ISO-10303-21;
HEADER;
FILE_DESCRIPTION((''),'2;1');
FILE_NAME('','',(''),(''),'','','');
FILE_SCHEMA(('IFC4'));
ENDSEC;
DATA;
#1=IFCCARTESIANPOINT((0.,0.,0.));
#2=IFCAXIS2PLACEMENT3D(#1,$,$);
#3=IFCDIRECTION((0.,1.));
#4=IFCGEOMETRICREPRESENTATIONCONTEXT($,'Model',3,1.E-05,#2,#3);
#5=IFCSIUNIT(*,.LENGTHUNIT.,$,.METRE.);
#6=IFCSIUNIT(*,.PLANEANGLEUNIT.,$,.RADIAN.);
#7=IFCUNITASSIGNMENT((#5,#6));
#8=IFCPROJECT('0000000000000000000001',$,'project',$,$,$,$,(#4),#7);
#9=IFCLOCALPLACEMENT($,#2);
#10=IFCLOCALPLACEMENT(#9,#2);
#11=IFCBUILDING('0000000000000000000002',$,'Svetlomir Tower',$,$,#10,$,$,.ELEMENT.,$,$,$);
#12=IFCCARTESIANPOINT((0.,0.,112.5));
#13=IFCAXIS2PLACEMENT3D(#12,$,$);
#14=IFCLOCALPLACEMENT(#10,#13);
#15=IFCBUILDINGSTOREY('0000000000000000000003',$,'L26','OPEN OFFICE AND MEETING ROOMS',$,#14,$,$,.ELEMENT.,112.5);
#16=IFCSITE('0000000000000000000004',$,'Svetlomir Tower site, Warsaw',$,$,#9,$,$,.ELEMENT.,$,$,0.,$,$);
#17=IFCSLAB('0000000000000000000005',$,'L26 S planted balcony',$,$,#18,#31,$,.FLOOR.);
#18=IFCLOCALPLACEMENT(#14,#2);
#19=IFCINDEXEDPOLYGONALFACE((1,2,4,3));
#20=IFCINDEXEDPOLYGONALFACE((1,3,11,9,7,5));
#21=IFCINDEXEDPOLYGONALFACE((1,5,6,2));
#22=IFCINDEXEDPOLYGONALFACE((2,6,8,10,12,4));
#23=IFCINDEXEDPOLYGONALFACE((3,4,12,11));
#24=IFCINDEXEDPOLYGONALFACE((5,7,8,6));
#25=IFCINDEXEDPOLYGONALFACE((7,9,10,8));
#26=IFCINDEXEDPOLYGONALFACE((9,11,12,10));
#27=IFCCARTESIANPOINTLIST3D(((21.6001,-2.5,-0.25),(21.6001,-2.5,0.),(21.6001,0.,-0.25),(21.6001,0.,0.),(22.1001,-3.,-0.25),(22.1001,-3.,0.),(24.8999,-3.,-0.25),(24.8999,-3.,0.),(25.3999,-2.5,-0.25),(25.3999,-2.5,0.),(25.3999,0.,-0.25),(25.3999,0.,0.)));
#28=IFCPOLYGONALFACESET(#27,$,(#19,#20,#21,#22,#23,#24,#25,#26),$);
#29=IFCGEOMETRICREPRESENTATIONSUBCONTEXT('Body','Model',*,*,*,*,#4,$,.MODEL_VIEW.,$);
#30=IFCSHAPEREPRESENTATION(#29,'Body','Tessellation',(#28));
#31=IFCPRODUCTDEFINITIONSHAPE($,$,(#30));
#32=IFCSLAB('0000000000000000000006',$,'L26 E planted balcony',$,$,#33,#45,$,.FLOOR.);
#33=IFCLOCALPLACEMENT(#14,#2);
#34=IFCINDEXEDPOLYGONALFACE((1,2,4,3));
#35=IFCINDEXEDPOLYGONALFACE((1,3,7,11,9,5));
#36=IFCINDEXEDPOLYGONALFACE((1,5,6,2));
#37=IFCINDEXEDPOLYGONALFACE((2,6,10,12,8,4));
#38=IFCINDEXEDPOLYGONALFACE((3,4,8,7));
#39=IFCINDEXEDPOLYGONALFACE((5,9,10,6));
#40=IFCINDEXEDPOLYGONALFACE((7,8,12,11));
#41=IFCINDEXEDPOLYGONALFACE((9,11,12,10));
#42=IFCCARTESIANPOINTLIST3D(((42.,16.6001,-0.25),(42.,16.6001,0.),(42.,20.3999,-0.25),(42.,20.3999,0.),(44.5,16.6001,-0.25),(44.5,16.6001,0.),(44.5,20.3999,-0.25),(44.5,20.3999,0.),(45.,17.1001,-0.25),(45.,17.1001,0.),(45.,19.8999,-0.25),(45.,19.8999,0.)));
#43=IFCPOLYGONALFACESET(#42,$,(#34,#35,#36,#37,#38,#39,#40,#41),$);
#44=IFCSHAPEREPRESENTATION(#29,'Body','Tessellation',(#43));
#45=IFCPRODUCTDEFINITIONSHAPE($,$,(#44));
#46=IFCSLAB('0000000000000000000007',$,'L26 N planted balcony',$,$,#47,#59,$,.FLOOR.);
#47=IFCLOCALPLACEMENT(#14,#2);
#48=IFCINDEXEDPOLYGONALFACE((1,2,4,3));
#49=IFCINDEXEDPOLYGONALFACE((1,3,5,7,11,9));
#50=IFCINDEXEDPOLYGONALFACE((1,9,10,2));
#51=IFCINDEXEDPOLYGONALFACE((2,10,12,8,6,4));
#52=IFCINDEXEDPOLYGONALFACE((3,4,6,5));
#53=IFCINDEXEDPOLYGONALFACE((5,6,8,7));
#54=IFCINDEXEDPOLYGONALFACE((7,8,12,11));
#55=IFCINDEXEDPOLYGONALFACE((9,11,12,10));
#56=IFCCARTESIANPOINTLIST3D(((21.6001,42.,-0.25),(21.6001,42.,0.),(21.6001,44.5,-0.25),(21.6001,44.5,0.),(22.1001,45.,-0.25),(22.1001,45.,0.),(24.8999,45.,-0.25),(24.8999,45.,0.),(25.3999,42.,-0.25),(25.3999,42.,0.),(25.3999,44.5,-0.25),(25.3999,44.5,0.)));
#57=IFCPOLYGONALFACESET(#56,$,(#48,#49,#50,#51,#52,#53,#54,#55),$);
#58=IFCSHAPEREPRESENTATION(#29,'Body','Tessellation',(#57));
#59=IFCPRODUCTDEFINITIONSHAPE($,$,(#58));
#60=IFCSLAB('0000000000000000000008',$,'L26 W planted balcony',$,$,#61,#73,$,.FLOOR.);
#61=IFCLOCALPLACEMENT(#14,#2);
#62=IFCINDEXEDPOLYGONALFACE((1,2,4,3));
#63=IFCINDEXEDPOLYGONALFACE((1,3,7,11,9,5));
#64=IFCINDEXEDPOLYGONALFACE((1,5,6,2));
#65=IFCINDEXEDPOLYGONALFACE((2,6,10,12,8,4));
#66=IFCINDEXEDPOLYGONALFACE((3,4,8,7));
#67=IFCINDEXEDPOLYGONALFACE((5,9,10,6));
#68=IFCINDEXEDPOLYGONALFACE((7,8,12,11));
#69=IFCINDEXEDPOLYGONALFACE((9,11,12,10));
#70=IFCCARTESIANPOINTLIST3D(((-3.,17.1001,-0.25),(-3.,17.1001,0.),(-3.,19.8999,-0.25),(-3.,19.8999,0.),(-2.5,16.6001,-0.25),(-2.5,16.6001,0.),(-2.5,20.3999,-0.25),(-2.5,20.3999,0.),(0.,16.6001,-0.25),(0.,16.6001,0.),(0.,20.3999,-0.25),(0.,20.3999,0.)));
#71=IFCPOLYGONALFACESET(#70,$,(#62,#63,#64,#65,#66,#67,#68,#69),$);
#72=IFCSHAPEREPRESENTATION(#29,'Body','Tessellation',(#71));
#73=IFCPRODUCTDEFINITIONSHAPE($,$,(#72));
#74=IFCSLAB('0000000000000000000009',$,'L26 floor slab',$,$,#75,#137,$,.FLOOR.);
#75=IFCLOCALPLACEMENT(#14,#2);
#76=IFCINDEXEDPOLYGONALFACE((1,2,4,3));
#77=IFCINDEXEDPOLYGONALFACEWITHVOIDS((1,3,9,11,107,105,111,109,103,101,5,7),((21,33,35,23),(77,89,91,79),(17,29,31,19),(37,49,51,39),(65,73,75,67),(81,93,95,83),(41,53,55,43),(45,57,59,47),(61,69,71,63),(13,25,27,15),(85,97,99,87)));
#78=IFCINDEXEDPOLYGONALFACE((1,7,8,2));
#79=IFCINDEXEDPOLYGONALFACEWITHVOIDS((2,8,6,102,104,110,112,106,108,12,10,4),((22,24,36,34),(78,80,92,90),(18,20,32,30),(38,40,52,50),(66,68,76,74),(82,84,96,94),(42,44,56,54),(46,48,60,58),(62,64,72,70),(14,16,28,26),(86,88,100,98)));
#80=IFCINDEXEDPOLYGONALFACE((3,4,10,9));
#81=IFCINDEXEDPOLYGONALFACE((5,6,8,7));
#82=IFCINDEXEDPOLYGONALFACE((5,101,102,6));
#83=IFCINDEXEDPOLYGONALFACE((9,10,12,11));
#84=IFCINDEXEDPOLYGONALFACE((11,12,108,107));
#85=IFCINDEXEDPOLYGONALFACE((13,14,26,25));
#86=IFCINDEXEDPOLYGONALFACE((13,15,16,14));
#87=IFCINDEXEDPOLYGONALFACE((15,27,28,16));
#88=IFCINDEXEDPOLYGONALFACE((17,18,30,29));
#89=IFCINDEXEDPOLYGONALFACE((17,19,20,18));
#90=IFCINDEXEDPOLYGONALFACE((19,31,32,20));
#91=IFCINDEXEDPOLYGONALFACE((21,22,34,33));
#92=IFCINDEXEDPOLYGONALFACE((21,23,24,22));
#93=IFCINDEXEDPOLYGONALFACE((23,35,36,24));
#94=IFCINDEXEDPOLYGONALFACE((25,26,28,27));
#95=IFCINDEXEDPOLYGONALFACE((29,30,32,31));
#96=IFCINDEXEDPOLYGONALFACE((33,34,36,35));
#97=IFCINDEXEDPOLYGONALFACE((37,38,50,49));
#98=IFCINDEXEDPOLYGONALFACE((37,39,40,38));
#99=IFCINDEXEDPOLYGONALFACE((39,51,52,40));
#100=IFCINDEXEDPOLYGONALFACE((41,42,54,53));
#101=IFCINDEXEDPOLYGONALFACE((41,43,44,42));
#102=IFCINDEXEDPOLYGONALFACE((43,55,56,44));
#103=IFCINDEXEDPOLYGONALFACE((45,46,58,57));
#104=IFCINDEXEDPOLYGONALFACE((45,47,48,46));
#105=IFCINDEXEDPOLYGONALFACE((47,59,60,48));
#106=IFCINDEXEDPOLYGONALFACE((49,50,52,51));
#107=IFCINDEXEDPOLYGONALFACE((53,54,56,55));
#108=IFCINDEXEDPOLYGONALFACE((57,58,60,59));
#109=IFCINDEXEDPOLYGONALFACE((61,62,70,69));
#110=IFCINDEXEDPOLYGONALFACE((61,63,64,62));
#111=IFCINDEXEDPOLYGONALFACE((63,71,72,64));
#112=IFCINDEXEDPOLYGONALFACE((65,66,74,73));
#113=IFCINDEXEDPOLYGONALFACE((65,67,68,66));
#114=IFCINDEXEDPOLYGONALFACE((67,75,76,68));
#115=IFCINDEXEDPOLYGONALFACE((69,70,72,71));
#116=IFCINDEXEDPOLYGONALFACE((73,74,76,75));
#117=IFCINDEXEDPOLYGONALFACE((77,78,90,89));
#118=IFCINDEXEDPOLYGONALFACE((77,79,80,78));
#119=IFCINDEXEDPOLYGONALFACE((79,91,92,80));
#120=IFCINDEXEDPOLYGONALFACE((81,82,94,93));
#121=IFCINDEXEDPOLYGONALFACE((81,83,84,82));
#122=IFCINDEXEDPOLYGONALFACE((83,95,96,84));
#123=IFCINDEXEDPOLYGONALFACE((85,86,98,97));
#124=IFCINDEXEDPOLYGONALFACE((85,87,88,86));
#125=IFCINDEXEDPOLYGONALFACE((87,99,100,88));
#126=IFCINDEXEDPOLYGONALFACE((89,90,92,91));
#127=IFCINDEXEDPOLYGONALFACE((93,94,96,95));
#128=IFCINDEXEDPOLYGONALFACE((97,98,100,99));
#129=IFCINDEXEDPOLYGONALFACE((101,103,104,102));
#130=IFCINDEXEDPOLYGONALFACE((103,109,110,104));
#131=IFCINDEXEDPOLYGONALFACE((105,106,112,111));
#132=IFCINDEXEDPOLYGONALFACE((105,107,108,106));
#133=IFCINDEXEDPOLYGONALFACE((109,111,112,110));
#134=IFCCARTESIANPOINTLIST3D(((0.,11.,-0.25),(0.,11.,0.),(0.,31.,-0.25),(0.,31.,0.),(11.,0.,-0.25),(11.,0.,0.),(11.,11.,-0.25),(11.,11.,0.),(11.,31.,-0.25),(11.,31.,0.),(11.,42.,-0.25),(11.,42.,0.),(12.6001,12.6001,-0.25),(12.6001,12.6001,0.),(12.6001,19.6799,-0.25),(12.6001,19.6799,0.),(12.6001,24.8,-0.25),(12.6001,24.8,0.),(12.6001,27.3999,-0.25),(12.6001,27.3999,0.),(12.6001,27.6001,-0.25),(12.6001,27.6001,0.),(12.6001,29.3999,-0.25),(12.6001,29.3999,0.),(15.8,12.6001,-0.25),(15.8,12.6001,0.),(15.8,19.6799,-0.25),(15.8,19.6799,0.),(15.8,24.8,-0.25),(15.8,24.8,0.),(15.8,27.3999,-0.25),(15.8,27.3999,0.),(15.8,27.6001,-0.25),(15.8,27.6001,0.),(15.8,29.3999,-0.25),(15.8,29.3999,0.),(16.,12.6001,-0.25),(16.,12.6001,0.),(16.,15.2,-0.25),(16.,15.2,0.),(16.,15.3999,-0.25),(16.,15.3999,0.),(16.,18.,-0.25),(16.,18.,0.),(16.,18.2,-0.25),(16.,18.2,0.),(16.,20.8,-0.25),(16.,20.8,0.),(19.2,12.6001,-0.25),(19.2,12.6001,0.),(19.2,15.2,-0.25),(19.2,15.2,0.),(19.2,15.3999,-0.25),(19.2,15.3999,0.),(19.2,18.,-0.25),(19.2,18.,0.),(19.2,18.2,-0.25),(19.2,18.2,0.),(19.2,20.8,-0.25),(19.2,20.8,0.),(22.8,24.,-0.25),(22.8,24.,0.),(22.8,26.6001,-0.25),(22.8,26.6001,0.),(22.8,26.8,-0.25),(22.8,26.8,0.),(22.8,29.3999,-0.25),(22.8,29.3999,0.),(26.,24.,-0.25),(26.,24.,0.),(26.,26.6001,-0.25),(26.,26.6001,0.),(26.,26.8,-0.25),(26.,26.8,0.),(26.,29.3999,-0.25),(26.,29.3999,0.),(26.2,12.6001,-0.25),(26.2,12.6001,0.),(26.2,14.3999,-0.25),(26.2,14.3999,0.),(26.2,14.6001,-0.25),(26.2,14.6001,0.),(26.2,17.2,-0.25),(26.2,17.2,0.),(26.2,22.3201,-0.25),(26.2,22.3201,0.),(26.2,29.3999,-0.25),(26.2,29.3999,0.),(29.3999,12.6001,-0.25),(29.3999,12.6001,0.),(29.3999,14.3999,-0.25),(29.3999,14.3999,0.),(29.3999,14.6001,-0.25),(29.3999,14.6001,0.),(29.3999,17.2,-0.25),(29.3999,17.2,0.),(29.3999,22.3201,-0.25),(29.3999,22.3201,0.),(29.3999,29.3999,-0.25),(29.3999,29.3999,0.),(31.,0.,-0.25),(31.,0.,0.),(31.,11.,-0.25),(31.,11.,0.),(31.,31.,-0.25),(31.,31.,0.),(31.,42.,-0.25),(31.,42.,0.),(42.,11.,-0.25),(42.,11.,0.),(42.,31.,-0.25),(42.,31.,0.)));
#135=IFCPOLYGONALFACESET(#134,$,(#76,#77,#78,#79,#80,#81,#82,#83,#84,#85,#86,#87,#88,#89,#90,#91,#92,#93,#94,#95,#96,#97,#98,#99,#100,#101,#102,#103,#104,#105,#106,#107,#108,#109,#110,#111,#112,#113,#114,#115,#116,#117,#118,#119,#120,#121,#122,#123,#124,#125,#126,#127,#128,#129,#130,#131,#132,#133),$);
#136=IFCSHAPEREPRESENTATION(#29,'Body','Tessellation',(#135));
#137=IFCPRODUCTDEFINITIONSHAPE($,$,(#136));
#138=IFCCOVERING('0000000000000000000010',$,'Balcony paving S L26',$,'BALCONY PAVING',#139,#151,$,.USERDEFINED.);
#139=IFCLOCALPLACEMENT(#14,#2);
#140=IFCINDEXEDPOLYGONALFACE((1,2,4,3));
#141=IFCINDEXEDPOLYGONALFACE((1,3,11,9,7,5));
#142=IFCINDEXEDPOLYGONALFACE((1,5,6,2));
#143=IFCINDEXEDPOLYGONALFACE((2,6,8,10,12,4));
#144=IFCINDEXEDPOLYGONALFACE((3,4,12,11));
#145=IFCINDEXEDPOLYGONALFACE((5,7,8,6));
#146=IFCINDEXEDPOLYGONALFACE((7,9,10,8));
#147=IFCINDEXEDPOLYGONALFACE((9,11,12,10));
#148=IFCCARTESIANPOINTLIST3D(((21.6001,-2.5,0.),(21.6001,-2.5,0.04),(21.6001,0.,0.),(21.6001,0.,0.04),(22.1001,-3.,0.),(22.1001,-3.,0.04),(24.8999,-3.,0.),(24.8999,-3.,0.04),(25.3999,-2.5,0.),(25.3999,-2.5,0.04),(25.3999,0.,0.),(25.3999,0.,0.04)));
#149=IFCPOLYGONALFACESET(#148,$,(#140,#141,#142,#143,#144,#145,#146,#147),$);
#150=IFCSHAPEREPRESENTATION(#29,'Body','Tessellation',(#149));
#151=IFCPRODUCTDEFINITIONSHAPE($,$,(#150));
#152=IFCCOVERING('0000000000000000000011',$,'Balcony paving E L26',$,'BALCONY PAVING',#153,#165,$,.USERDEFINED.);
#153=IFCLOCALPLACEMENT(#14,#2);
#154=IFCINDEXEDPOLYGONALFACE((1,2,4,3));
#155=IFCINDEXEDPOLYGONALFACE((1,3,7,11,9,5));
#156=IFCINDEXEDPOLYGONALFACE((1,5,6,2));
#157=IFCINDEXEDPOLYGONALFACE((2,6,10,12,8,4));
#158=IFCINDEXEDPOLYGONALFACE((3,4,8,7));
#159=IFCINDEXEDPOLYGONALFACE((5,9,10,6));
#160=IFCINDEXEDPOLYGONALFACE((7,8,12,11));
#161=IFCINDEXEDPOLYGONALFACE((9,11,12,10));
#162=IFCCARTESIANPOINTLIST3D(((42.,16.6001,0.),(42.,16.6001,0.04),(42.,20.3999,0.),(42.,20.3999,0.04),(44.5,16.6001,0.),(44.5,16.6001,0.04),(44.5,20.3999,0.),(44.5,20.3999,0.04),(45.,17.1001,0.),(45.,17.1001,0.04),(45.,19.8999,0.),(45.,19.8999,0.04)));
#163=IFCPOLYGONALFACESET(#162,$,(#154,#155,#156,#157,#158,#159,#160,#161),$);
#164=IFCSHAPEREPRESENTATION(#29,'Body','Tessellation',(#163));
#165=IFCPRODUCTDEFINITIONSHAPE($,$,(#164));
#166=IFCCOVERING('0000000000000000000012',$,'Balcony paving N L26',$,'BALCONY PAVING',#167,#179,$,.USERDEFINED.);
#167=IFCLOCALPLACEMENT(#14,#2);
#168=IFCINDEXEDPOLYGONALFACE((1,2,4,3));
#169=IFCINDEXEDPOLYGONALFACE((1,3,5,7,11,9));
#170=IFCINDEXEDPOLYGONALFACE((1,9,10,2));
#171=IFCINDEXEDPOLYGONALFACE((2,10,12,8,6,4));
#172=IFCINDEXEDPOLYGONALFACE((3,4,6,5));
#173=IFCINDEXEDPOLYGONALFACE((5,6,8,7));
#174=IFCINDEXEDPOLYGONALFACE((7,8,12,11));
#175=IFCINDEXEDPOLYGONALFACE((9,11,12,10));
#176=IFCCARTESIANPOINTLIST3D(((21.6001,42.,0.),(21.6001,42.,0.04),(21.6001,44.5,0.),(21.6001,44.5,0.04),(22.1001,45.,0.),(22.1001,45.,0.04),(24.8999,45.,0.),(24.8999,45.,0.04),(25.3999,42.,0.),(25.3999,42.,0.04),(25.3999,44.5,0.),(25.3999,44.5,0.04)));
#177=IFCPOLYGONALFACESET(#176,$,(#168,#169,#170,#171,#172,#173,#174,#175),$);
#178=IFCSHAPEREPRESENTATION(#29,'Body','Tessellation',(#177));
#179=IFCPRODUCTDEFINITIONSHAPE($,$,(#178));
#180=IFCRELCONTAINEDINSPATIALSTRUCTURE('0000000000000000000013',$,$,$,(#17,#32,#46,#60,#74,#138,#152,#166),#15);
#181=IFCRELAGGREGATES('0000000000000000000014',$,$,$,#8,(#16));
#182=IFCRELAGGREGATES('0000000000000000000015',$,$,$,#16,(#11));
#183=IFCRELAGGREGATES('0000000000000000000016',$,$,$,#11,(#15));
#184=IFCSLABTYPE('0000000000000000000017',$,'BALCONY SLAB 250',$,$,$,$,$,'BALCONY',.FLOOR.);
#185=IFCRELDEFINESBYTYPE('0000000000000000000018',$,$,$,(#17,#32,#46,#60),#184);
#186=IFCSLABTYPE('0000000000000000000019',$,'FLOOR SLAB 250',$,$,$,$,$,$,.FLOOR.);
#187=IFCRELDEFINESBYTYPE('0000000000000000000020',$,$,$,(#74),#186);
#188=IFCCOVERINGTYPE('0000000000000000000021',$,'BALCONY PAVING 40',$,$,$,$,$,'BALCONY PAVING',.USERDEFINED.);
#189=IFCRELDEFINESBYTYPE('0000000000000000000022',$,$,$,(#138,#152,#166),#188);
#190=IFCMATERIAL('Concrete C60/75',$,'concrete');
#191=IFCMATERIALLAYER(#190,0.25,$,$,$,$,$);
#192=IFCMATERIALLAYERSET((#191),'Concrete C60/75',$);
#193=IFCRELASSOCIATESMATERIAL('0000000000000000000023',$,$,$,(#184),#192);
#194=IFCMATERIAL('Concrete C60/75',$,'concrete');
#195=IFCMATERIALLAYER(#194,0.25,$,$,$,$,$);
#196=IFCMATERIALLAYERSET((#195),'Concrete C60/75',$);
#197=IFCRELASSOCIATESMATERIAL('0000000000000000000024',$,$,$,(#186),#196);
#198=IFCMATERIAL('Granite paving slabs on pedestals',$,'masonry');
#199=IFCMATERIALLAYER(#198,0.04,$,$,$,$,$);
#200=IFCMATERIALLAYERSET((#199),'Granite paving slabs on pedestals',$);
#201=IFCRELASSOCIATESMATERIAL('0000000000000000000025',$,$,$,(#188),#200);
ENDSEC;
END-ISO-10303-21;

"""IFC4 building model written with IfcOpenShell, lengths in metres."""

from ifc_helpers import new_model, si_unit, direction, frame, origin, place, context, subcontext, project, spatial, polyline, outline, extrude, material, layer, layer_set, type_object, element, save


model = new_model("IFC4")

# Units and contexts
model_context = context("Model", 3, precision=1e-05, world=origin(), true_north=direction((0.0, 1.0)))
body_context = subcontext(model_context, "Body", "Model", "MODEL_VIEW")
ifc_project = project(units=[si_unit("LENGTHUNIT", "METRE"), si_unit("PLANEANGLEUNIT", "RADIAN")], contexts=[model_context])

# Site, building, storey
site_placement = place(None, origin())
site = spatial("IfcSite", under=ifc_project, at=site_placement, Name="Svetlomir Tower site, Warsaw", CompositionType="ELEMENT", RefElevation=0.0)
building_placement = place(site_placement, origin())
building = spatial("IfcBuilding", under=site, at=building_placement, Name="Svetlomir Tower", CompositionType="ELEMENT")
storey_placement = place(building_placement, frame((0.0, 0.0, 112.5)))
storey = spatial("IfcBuildingStorey", under=building, at=storey_placement, Name="L26", Description="OPEN OFFICE AND MEETING ROOMS", CompositionType="ELEMENT", Elevation=112.5)

# Slabs
ifc_material_1 = material(Name="Concrete C60/75", Category="concrete")
ifc_layer_1 = layer(ifc_material_1, 0.25)
ifc_layer_set_1 = layer_set([ifc_layer_1], Name="Concrete C60/75")
slab_type_1 = type_object("IfcSlabType", Name="BALCONY SLAB 250", ElementType="BALCONY", PredefinedType="FLOOR", material=ifc_layer_set_1)
slab_1_placement = place(storey_placement, frame((0.0, 0.0, -0.25)))
element("IfcSlab", 1, at=slab_1_placement, inside=storey, type_object=slab_type_1, Name="L26 S planted balcony", PredefinedType="FLOOR", context=body_context, shape_type="SweptSolid", body=[
    extrude(outline(polyline([(21.6001, -2.5), (22.1001, -3.0), (24.8999, -3.0), (25.3999, -2.5), (25.3999, 0.0), (21.6001, 0.0), (21.6001, -2.5)])), origin(), (0.0, 0.0, 1.0), 0.25),
])
slab_2_placement = place(storey_placement, frame((0.0, 0.0, -0.25)))
element("IfcSlab", 2, at=slab_2_placement, inside=storey, type_object=slab_type_1, Name="L26 E planted balcony", PredefinedType="FLOOR", context=body_context, shape_type="SweptSolid", body=[
    extrude(outline(polyline([(42.0, 16.6001), (44.5, 16.6001), (45.0, 17.1001), (45.0, 19.8999), (44.5, 20.3999), (42.0, 20.3999), (42.0, 16.6001)])), origin(), (0.0, 0.0, 1.0), 0.25),
])
slab_3_placement = place(storey_placement, frame((0.0, 0.0, -0.25)))
element("IfcSlab", 3, at=slab_3_placement, inside=storey, type_object=slab_type_1, Name="L26 N planted balcony", PredefinedType="FLOOR", context=body_context, shape_type="SweptSolid", body=[
    extrude(outline(polyline([(21.6001, 42.0), (25.3999, 42.0), (25.3999, 44.5), (24.8999, 45.0), (22.1001, 45.0), (21.6001, 44.5), (21.6001, 42.0)])), origin(), (0.0, 0.0, 1.0), 0.25),
])
slab_4_placement = place(storey_placement, frame((0.0, 0.0, -0.25)))
element("IfcSlab", 4, at=slab_4_placement, inside=storey, type_object=slab_type_1, Name="L26 W planted balcony", PredefinedType="FLOOR", context=body_context, shape_type="SweptSolid", body=[
    extrude(outline(polyline([(-2.5, 16.6001), (0.0, 16.6001), (0.0, 20.3999), (-2.5, 20.3999), (-3.0, 19.8999), (-3.0, 17.1001), (-2.5, 16.6001)])), origin(), (0.0, 0.0, 1.0), 0.25),
])
ifc_material_2 = material(Name="Concrete C60/75", Category="concrete")
ifc_layer_2 = layer(ifc_material_2, 0.25)
ifc_layer_set_2 = layer_set([ifc_layer_2], Name="Concrete C60/75")
slab_type_2 = type_object("IfcSlabType", Name="FLOOR SLAB 250", PredefinedType="FLOOR", material=ifc_layer_set_2)
slab_5_placement = place(storey_placement, frame((0.0, 0.0, -0.25)))
element("IfcSlab", 5, at=slab_5_placement, inside=storey, type_object=slab_type_2, Name="L26 floor slab", PredefinedType="FLOOR", context=body_context, shape_type="SweptSolid", body=[
    extrude(outline(polyline([(11.0, 0.0), (31.0, 0.0), (31.0, 11.0), (42.0, 11.0), (42.0, 31.0), (31.0, 31.0), (31.0, 42.0), (11.0, 42.0), (11.0, 31.0), (0.0, 31.0), (0.0, 11.0), (11.0, 11.0), (11.0, 0.0)]), holes=[polyline([(12.6001, 24.8), (15.8, 24.8), (15.8, 27.3999), (12.6001, 27.3999), (12.6001, 24.8)]), polyline([(26.2, 14.6001), (29.3999, 14.6001), (29.3999, 17.2), (26.2, 17.2), (26.2, 14.6001)]), polyline([(16.0, 12.6001), (19.2, 12.6001), (19.2, 15.2), (16.0, 15.2), (16.0, 12.6001)]), polyline([(16.0, 15.3999), (19.2, 15.3999), (19.2, 18.0), (16.0, 18.0), (16.0, 15.3999)]), polyline([(16.0, 18.2), (19.2, 18.2), (19.2, 20.8), (16.0, 20.8), (16.0, 18.2)]), polyline([(22.8, 24.0), (26.0, 24.0), (26.0, 26.6001), (22.8, 26.6001), (22.8, 24.0)]), polyline([(22.8, 26.8), (26.0, 26.8), (26.0, 29.3999), (22.8, 29.3999), (22.8, 26.8)]), polyline([(12.6001, 27.6001), (15.8, 27.6001), (15.8, 29.3999), (12.6001, 29.3999), (12.6001, 27.6001)]), polyline([(26.2, 12.6001), (29.3999, 12.6001), (29.3999, 14.3999), (26.2, 14.3999), (26.2, 12.6001)]), polyline([(12.6001, 12.6001), (15.8, 12.6001), (15.8, 19.6799), (12.6001, 19.6799), (12.6001, 12.6001)]), polyline([(26.2, 22.3201), (29.3999, 22.3201), (29.3999, 29.3999), (26.2, 29.3999), (26.2, 22.3201)])]), origin(), (0.0, 0.0, 1.0), 0.25),
])

# Coverings
ifc_material_3 = material(Name="Granite paving slabs on pedestals", Category="masonry")
ifc_layer_3 = layer(ifc_material_3, 0.04)
ifc_layer_set_3 = layer_set([ifc_layer_3], Name="Granite paving slabs on pedestals")
covering_type_1 = type_object("IfcCoveringType", Name="BALCONY PAVING 40", ElementType="BALCONY PAVING", PredefinedType="USERDEFINED", material=ifc_layer_set_3)
covering_1_placement = place(storey_placement, origin())
element("IfcCovering", 6, at=covering_1_placement, inside=storey, type_object=covering_type_1, Name="Balcony paving S L26", ObjectType="BALCONY PAVING", PredefinedType="USERDEFINED", context=body_context, shape_type="SweptSolid", body=[
    extrude(outline(polyline([(21.6001, -2.5), (22.1001, -3.0), (24.8999, -3.0), (25.3999, -2.5), (25.3999, 0.0), (21.6001, 0.0), (21.6001, -2.5)])), origin(), (0.0, 0.0, 1.0), 0.04),
])
covering_2_placement = place(storey_placement, origin())
element("IfcCovering", 7, at=covering_2_placement, inside=storey, type_object=covering_type_1, Name="Balcony paving E L26", ObjectType="BALCONY PAVING", PredefinedType="USERDEFINED", context=body_context, shape_type="SweptSolid", body=[
    extrude(outline(polyline([(42.0, 16.6001), (44.5, 16.6001), (45.0, 17.1001), (45.0, 19.8999), (44.5, 20.3999), (42.0, 20.3999), (42.0, 16.6001)])), origin(), (0.0, 0.0, 1.0), 0.04),
])
covering_3_placement = place(storey_placement, origin())
element("IfcCovering", 8, at=covering_3_placement, inside=storey, type_object=covering_type_1, Name="Balcony paving N L26", ObjectType="BALCONY PAVING", PredefinedType="USERDEFINED", context=body_context, shape_type="SweptSolid", body=[
    extrude(outline(polyline([(21.6001, 42.0), (25.3999, 42.0), (25.3999, 44.5), (24.8999, 45.0), (22.1001, 45.0), (21.6001, 44.5), (21.6001, 42.0)])), origin(), (0.0, 0.0, 1.0), 0.04),
])

save(model, "model.ifc")
